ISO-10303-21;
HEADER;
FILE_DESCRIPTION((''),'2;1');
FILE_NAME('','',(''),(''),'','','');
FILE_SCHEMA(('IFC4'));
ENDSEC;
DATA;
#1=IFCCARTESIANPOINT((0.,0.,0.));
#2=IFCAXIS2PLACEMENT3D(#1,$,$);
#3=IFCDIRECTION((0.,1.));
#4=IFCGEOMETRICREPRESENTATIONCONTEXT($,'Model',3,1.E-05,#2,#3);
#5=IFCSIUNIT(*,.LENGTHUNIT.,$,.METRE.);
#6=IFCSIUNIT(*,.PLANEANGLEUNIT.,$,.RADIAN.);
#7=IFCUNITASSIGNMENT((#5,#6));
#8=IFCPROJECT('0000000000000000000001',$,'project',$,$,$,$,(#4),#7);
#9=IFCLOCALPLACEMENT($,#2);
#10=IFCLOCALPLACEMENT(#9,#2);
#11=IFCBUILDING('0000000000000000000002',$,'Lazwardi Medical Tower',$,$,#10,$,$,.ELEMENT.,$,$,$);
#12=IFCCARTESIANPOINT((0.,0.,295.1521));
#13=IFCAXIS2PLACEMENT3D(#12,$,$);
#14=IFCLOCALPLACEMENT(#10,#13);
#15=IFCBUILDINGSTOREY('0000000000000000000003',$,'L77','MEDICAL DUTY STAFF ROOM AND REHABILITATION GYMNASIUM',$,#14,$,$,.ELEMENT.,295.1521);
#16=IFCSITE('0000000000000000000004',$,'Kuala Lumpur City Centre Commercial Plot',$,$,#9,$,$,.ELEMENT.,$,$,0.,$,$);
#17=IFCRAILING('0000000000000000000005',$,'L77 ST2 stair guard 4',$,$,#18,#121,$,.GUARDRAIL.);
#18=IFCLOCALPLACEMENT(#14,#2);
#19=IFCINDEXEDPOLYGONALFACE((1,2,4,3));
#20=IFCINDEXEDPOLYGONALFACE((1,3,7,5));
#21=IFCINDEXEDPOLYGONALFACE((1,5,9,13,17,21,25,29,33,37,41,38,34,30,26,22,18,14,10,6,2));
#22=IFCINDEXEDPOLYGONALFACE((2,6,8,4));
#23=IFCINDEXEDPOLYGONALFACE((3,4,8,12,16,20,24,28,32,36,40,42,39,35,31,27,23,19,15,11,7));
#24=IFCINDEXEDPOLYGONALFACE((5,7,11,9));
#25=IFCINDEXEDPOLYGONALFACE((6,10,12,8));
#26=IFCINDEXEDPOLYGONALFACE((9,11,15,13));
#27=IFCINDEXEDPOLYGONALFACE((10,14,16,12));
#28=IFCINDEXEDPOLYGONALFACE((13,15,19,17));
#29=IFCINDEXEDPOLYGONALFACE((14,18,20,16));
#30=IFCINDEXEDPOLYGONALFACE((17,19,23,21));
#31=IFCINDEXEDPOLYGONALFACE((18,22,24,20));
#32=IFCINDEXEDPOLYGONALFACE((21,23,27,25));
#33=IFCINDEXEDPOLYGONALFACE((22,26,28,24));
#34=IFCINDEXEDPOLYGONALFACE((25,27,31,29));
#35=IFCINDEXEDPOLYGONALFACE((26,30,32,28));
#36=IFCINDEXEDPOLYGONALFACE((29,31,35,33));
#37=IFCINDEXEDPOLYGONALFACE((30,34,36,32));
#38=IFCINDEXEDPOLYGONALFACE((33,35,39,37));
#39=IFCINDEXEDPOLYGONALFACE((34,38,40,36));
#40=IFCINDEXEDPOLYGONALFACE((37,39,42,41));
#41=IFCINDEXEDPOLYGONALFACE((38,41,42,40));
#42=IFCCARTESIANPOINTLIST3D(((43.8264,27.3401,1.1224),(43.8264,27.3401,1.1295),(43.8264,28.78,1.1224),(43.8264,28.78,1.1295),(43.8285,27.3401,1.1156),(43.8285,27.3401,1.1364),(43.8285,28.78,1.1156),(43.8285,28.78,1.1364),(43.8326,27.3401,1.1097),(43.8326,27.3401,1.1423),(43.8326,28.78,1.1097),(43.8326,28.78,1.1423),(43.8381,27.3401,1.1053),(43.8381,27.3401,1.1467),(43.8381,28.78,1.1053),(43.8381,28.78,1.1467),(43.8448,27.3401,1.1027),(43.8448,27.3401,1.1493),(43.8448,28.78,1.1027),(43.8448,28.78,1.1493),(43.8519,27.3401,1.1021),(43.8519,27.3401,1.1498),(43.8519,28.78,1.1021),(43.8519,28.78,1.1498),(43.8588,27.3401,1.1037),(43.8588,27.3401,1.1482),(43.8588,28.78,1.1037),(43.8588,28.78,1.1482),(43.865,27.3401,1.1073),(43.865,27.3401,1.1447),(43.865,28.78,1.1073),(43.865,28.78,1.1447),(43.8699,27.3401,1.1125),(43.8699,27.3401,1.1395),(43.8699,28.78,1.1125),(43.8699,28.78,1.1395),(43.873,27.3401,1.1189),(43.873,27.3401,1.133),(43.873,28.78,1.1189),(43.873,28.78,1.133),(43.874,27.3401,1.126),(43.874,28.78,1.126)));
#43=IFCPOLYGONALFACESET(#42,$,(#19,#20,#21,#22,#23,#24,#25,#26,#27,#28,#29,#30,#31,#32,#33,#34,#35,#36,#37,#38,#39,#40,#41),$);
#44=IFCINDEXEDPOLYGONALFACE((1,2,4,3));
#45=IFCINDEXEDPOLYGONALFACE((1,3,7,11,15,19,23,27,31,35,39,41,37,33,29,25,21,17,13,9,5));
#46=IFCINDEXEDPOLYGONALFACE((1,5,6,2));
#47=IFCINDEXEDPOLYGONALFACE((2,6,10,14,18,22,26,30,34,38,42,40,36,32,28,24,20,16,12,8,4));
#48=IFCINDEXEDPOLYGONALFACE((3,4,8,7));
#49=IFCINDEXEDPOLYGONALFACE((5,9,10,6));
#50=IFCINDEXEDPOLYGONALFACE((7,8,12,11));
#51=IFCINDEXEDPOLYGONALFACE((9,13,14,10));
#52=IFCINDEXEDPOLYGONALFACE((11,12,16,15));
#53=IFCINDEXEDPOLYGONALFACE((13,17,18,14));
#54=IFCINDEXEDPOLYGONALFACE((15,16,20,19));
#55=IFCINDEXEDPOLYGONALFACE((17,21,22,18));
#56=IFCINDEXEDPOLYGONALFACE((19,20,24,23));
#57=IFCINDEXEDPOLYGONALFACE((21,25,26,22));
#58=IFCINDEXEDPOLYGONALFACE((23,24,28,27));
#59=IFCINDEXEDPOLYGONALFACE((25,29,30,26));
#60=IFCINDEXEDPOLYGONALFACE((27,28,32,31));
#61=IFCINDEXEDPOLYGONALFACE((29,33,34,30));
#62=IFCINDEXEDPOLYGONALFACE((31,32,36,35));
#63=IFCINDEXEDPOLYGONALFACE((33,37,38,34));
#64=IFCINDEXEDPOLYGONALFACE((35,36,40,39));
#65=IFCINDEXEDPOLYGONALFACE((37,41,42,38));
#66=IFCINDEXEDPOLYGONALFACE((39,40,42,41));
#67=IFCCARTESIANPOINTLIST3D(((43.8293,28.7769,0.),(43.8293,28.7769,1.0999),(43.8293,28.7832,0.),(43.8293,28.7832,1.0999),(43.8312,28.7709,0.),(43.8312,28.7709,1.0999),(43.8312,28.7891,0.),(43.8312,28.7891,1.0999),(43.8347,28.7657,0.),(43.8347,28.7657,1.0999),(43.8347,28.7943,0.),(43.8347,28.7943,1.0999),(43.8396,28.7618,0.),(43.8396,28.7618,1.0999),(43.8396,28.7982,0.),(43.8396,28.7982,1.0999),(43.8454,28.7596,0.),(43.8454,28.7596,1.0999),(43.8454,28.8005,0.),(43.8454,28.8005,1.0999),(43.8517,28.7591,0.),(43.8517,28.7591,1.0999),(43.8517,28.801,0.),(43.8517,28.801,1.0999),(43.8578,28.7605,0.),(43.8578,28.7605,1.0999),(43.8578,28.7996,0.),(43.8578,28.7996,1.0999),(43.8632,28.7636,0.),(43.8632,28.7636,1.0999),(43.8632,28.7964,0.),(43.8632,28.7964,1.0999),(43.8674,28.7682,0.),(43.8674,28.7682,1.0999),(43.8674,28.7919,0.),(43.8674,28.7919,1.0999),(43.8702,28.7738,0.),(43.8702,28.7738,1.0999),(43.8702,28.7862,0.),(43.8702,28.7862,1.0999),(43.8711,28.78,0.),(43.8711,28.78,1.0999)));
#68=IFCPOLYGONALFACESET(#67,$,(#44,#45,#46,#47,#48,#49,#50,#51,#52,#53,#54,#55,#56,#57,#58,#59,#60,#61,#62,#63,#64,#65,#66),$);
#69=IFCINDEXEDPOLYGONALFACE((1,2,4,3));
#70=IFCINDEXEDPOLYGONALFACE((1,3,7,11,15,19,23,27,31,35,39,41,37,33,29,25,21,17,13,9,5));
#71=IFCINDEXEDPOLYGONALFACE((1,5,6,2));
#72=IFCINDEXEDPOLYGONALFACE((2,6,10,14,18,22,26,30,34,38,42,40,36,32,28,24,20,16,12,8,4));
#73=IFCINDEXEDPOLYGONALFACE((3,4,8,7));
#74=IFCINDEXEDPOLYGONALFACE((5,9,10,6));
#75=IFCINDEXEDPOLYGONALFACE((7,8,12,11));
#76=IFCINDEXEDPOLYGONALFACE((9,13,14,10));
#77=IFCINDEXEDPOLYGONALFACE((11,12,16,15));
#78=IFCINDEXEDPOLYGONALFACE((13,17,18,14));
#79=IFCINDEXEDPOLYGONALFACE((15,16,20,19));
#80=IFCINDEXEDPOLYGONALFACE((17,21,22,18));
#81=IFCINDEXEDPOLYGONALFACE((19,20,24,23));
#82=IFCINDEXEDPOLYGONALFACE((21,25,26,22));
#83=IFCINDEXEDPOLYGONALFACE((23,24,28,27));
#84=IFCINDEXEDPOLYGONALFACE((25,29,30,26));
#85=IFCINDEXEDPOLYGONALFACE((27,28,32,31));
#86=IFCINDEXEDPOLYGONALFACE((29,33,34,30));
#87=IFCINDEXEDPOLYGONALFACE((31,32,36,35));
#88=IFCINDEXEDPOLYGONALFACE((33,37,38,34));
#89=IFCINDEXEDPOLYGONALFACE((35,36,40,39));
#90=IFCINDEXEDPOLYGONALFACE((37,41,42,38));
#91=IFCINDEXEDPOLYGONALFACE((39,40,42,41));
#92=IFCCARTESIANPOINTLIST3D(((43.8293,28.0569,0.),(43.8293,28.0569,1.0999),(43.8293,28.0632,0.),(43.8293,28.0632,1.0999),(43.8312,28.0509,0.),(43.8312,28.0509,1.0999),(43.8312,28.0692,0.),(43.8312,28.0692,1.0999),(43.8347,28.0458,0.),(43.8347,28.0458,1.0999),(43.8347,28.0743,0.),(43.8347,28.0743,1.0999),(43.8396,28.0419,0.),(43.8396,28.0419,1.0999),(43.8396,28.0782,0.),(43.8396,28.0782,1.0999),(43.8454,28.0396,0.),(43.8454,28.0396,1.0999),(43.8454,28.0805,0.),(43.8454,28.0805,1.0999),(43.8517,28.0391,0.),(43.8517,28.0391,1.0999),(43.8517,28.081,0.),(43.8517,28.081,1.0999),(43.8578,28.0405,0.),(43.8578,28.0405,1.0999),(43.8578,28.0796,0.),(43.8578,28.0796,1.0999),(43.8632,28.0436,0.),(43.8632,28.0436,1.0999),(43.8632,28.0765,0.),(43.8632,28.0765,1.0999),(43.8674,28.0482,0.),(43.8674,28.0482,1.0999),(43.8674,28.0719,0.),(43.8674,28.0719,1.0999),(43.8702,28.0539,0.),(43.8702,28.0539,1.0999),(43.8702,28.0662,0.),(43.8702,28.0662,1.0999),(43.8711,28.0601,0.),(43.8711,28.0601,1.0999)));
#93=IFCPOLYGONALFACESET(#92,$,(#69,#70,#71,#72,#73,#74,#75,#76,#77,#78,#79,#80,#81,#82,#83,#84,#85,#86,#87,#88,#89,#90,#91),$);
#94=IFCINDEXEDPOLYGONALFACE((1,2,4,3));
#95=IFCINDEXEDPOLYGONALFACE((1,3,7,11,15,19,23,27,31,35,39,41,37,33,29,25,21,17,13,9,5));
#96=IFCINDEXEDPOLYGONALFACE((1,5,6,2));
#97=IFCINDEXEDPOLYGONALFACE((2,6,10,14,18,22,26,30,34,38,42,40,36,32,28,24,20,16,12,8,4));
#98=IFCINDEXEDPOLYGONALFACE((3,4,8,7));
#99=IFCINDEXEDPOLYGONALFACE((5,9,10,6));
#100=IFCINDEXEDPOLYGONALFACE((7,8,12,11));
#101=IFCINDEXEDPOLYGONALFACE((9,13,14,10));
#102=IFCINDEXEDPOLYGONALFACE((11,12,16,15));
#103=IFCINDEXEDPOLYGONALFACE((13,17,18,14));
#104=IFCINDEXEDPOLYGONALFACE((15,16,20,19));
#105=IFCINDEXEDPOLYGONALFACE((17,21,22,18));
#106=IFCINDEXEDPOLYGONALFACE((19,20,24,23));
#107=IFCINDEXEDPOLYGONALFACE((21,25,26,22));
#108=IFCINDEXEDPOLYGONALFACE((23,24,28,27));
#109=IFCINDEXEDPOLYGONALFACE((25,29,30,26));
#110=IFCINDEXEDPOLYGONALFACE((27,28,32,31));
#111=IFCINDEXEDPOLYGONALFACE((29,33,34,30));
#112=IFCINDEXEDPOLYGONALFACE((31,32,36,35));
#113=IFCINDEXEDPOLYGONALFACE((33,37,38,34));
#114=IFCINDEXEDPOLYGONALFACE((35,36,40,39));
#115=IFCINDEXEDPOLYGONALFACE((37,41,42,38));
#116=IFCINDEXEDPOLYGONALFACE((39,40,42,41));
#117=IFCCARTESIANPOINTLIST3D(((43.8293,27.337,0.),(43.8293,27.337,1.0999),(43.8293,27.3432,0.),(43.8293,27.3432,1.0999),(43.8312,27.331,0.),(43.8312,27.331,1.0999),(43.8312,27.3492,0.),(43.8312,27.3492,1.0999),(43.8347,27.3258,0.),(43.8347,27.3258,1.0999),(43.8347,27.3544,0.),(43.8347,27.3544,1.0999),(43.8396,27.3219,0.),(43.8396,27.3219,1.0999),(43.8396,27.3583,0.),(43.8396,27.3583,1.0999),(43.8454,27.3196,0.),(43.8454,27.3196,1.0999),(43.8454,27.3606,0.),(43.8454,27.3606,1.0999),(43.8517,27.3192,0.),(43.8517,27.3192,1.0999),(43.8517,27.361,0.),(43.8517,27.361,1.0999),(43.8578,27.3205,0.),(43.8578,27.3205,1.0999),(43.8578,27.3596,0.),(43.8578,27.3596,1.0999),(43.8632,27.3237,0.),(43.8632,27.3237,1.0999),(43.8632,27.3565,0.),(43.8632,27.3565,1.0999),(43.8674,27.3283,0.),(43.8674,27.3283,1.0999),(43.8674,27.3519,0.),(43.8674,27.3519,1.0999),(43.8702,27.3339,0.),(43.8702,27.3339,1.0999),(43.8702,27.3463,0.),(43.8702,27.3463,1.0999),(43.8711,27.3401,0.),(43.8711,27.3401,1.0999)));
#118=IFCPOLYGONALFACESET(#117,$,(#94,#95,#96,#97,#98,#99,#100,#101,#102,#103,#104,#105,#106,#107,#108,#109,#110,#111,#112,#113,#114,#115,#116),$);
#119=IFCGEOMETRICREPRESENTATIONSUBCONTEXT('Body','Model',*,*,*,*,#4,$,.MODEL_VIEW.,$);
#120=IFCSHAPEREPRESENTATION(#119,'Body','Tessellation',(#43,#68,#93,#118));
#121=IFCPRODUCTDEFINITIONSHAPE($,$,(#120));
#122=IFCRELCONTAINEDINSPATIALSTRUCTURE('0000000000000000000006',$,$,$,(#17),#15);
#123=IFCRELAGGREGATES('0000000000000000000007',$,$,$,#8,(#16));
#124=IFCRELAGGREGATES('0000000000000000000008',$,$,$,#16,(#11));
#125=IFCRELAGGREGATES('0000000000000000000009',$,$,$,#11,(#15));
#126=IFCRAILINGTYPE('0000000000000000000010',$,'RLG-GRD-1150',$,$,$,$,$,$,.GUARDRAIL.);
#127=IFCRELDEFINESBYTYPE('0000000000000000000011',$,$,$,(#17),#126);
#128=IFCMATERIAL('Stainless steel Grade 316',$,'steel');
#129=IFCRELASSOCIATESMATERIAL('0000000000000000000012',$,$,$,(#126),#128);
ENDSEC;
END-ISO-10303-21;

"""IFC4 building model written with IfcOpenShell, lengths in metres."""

from ifc_helpers import new_model, si_unit, direction, frame, origin, origin_2d, place, context, subcontext, project, spatial, circle, extrude, material, type_object, element, save


model = new_model("IFC4")

# Units and contexts
model_context = context("Model", 3, precision=1e-05, world=origin(), true_north=direction((0.0, 1.0)))
body_context = subcontext(model_context, "Body", "Model", "MODEL_VIEW")
ifc_project = project(units=[si_unit("LENGTHUNIT", "METRE"), si_unit("PLANEANGLEUNIT", "RADIAN")], contexts=[model_context])

# Site, building, storey
site_placement = place(None, origin())
site = spatial("IfcSite", under=ifc_project, at=site_placement, Name="Kuala Lumpur City Centre Commercial Plot", CompositionType="ELEMENT", RefElevation=0.0)
building_placement = place(site_placement, origin())
building = spatial("IfcBuilding", under=site, at=building_placement, Name="Lazwardi Medical Tower", CompositionType="ELEMENT")
storey_placement = place(building_placement, frame((0.0, 0.0, 295.1521)))
storey = spatial("IfcBuildingStorey", under=building, at=storey_placement, Name="L77", Description="MEDICAL DUTY STAFF ROOM AND REHABILITATION GYMNASIUM", CompositionType="ELEMENT", Elevation=295.1521)

# Railing
ifc_material_1 = material(Name="Stainless steel Grade 316", Category="steel")
railing_type_1 = type_object("IfcRailingType", Name="RLG-GRD-1150", PredefinedType="GUARDRAIL", material=ifc_material_1)
railing_1_placement = place(storey_placement, frame((43.8501, 28.78, 0.0)))
element("IfcRailing", 1, at=railing_1_placement, inside=storey, type_object=railing_type_1, Name="L77 ST2 stair guard 4", PredefinedType="GUARDRAIL", context=body_context, shape_type="SweptSolid", body=[
    extrude(circle(Radius=0.0239, at=origin_2d()), frame((0.0, 0.0, 1.126), z_axis=(0.0, -1.0, 0.0), x_axis=(1.0, 0.0, 0.0)), (0.0, 0.0, 1.0), 1.4399),
    extrude(circle(Radius=0.021, at=origin_2d()), origin(), (0.0, 0.0, 1.0), 1.0999),
    extrude(circle(Radius=0.021, at=origin_2d()), frame((0.0, -0.72, 0.0)), (0.0, 0.0, 1.0), 1.0999),
    extrude(circle(Radius=0.021, at=origin_2d()), frame((0.0, -1.4399, 0.0)), (0.0, 0.0, 1.0), 1.0999),
])

save(model, "model.ifc")
